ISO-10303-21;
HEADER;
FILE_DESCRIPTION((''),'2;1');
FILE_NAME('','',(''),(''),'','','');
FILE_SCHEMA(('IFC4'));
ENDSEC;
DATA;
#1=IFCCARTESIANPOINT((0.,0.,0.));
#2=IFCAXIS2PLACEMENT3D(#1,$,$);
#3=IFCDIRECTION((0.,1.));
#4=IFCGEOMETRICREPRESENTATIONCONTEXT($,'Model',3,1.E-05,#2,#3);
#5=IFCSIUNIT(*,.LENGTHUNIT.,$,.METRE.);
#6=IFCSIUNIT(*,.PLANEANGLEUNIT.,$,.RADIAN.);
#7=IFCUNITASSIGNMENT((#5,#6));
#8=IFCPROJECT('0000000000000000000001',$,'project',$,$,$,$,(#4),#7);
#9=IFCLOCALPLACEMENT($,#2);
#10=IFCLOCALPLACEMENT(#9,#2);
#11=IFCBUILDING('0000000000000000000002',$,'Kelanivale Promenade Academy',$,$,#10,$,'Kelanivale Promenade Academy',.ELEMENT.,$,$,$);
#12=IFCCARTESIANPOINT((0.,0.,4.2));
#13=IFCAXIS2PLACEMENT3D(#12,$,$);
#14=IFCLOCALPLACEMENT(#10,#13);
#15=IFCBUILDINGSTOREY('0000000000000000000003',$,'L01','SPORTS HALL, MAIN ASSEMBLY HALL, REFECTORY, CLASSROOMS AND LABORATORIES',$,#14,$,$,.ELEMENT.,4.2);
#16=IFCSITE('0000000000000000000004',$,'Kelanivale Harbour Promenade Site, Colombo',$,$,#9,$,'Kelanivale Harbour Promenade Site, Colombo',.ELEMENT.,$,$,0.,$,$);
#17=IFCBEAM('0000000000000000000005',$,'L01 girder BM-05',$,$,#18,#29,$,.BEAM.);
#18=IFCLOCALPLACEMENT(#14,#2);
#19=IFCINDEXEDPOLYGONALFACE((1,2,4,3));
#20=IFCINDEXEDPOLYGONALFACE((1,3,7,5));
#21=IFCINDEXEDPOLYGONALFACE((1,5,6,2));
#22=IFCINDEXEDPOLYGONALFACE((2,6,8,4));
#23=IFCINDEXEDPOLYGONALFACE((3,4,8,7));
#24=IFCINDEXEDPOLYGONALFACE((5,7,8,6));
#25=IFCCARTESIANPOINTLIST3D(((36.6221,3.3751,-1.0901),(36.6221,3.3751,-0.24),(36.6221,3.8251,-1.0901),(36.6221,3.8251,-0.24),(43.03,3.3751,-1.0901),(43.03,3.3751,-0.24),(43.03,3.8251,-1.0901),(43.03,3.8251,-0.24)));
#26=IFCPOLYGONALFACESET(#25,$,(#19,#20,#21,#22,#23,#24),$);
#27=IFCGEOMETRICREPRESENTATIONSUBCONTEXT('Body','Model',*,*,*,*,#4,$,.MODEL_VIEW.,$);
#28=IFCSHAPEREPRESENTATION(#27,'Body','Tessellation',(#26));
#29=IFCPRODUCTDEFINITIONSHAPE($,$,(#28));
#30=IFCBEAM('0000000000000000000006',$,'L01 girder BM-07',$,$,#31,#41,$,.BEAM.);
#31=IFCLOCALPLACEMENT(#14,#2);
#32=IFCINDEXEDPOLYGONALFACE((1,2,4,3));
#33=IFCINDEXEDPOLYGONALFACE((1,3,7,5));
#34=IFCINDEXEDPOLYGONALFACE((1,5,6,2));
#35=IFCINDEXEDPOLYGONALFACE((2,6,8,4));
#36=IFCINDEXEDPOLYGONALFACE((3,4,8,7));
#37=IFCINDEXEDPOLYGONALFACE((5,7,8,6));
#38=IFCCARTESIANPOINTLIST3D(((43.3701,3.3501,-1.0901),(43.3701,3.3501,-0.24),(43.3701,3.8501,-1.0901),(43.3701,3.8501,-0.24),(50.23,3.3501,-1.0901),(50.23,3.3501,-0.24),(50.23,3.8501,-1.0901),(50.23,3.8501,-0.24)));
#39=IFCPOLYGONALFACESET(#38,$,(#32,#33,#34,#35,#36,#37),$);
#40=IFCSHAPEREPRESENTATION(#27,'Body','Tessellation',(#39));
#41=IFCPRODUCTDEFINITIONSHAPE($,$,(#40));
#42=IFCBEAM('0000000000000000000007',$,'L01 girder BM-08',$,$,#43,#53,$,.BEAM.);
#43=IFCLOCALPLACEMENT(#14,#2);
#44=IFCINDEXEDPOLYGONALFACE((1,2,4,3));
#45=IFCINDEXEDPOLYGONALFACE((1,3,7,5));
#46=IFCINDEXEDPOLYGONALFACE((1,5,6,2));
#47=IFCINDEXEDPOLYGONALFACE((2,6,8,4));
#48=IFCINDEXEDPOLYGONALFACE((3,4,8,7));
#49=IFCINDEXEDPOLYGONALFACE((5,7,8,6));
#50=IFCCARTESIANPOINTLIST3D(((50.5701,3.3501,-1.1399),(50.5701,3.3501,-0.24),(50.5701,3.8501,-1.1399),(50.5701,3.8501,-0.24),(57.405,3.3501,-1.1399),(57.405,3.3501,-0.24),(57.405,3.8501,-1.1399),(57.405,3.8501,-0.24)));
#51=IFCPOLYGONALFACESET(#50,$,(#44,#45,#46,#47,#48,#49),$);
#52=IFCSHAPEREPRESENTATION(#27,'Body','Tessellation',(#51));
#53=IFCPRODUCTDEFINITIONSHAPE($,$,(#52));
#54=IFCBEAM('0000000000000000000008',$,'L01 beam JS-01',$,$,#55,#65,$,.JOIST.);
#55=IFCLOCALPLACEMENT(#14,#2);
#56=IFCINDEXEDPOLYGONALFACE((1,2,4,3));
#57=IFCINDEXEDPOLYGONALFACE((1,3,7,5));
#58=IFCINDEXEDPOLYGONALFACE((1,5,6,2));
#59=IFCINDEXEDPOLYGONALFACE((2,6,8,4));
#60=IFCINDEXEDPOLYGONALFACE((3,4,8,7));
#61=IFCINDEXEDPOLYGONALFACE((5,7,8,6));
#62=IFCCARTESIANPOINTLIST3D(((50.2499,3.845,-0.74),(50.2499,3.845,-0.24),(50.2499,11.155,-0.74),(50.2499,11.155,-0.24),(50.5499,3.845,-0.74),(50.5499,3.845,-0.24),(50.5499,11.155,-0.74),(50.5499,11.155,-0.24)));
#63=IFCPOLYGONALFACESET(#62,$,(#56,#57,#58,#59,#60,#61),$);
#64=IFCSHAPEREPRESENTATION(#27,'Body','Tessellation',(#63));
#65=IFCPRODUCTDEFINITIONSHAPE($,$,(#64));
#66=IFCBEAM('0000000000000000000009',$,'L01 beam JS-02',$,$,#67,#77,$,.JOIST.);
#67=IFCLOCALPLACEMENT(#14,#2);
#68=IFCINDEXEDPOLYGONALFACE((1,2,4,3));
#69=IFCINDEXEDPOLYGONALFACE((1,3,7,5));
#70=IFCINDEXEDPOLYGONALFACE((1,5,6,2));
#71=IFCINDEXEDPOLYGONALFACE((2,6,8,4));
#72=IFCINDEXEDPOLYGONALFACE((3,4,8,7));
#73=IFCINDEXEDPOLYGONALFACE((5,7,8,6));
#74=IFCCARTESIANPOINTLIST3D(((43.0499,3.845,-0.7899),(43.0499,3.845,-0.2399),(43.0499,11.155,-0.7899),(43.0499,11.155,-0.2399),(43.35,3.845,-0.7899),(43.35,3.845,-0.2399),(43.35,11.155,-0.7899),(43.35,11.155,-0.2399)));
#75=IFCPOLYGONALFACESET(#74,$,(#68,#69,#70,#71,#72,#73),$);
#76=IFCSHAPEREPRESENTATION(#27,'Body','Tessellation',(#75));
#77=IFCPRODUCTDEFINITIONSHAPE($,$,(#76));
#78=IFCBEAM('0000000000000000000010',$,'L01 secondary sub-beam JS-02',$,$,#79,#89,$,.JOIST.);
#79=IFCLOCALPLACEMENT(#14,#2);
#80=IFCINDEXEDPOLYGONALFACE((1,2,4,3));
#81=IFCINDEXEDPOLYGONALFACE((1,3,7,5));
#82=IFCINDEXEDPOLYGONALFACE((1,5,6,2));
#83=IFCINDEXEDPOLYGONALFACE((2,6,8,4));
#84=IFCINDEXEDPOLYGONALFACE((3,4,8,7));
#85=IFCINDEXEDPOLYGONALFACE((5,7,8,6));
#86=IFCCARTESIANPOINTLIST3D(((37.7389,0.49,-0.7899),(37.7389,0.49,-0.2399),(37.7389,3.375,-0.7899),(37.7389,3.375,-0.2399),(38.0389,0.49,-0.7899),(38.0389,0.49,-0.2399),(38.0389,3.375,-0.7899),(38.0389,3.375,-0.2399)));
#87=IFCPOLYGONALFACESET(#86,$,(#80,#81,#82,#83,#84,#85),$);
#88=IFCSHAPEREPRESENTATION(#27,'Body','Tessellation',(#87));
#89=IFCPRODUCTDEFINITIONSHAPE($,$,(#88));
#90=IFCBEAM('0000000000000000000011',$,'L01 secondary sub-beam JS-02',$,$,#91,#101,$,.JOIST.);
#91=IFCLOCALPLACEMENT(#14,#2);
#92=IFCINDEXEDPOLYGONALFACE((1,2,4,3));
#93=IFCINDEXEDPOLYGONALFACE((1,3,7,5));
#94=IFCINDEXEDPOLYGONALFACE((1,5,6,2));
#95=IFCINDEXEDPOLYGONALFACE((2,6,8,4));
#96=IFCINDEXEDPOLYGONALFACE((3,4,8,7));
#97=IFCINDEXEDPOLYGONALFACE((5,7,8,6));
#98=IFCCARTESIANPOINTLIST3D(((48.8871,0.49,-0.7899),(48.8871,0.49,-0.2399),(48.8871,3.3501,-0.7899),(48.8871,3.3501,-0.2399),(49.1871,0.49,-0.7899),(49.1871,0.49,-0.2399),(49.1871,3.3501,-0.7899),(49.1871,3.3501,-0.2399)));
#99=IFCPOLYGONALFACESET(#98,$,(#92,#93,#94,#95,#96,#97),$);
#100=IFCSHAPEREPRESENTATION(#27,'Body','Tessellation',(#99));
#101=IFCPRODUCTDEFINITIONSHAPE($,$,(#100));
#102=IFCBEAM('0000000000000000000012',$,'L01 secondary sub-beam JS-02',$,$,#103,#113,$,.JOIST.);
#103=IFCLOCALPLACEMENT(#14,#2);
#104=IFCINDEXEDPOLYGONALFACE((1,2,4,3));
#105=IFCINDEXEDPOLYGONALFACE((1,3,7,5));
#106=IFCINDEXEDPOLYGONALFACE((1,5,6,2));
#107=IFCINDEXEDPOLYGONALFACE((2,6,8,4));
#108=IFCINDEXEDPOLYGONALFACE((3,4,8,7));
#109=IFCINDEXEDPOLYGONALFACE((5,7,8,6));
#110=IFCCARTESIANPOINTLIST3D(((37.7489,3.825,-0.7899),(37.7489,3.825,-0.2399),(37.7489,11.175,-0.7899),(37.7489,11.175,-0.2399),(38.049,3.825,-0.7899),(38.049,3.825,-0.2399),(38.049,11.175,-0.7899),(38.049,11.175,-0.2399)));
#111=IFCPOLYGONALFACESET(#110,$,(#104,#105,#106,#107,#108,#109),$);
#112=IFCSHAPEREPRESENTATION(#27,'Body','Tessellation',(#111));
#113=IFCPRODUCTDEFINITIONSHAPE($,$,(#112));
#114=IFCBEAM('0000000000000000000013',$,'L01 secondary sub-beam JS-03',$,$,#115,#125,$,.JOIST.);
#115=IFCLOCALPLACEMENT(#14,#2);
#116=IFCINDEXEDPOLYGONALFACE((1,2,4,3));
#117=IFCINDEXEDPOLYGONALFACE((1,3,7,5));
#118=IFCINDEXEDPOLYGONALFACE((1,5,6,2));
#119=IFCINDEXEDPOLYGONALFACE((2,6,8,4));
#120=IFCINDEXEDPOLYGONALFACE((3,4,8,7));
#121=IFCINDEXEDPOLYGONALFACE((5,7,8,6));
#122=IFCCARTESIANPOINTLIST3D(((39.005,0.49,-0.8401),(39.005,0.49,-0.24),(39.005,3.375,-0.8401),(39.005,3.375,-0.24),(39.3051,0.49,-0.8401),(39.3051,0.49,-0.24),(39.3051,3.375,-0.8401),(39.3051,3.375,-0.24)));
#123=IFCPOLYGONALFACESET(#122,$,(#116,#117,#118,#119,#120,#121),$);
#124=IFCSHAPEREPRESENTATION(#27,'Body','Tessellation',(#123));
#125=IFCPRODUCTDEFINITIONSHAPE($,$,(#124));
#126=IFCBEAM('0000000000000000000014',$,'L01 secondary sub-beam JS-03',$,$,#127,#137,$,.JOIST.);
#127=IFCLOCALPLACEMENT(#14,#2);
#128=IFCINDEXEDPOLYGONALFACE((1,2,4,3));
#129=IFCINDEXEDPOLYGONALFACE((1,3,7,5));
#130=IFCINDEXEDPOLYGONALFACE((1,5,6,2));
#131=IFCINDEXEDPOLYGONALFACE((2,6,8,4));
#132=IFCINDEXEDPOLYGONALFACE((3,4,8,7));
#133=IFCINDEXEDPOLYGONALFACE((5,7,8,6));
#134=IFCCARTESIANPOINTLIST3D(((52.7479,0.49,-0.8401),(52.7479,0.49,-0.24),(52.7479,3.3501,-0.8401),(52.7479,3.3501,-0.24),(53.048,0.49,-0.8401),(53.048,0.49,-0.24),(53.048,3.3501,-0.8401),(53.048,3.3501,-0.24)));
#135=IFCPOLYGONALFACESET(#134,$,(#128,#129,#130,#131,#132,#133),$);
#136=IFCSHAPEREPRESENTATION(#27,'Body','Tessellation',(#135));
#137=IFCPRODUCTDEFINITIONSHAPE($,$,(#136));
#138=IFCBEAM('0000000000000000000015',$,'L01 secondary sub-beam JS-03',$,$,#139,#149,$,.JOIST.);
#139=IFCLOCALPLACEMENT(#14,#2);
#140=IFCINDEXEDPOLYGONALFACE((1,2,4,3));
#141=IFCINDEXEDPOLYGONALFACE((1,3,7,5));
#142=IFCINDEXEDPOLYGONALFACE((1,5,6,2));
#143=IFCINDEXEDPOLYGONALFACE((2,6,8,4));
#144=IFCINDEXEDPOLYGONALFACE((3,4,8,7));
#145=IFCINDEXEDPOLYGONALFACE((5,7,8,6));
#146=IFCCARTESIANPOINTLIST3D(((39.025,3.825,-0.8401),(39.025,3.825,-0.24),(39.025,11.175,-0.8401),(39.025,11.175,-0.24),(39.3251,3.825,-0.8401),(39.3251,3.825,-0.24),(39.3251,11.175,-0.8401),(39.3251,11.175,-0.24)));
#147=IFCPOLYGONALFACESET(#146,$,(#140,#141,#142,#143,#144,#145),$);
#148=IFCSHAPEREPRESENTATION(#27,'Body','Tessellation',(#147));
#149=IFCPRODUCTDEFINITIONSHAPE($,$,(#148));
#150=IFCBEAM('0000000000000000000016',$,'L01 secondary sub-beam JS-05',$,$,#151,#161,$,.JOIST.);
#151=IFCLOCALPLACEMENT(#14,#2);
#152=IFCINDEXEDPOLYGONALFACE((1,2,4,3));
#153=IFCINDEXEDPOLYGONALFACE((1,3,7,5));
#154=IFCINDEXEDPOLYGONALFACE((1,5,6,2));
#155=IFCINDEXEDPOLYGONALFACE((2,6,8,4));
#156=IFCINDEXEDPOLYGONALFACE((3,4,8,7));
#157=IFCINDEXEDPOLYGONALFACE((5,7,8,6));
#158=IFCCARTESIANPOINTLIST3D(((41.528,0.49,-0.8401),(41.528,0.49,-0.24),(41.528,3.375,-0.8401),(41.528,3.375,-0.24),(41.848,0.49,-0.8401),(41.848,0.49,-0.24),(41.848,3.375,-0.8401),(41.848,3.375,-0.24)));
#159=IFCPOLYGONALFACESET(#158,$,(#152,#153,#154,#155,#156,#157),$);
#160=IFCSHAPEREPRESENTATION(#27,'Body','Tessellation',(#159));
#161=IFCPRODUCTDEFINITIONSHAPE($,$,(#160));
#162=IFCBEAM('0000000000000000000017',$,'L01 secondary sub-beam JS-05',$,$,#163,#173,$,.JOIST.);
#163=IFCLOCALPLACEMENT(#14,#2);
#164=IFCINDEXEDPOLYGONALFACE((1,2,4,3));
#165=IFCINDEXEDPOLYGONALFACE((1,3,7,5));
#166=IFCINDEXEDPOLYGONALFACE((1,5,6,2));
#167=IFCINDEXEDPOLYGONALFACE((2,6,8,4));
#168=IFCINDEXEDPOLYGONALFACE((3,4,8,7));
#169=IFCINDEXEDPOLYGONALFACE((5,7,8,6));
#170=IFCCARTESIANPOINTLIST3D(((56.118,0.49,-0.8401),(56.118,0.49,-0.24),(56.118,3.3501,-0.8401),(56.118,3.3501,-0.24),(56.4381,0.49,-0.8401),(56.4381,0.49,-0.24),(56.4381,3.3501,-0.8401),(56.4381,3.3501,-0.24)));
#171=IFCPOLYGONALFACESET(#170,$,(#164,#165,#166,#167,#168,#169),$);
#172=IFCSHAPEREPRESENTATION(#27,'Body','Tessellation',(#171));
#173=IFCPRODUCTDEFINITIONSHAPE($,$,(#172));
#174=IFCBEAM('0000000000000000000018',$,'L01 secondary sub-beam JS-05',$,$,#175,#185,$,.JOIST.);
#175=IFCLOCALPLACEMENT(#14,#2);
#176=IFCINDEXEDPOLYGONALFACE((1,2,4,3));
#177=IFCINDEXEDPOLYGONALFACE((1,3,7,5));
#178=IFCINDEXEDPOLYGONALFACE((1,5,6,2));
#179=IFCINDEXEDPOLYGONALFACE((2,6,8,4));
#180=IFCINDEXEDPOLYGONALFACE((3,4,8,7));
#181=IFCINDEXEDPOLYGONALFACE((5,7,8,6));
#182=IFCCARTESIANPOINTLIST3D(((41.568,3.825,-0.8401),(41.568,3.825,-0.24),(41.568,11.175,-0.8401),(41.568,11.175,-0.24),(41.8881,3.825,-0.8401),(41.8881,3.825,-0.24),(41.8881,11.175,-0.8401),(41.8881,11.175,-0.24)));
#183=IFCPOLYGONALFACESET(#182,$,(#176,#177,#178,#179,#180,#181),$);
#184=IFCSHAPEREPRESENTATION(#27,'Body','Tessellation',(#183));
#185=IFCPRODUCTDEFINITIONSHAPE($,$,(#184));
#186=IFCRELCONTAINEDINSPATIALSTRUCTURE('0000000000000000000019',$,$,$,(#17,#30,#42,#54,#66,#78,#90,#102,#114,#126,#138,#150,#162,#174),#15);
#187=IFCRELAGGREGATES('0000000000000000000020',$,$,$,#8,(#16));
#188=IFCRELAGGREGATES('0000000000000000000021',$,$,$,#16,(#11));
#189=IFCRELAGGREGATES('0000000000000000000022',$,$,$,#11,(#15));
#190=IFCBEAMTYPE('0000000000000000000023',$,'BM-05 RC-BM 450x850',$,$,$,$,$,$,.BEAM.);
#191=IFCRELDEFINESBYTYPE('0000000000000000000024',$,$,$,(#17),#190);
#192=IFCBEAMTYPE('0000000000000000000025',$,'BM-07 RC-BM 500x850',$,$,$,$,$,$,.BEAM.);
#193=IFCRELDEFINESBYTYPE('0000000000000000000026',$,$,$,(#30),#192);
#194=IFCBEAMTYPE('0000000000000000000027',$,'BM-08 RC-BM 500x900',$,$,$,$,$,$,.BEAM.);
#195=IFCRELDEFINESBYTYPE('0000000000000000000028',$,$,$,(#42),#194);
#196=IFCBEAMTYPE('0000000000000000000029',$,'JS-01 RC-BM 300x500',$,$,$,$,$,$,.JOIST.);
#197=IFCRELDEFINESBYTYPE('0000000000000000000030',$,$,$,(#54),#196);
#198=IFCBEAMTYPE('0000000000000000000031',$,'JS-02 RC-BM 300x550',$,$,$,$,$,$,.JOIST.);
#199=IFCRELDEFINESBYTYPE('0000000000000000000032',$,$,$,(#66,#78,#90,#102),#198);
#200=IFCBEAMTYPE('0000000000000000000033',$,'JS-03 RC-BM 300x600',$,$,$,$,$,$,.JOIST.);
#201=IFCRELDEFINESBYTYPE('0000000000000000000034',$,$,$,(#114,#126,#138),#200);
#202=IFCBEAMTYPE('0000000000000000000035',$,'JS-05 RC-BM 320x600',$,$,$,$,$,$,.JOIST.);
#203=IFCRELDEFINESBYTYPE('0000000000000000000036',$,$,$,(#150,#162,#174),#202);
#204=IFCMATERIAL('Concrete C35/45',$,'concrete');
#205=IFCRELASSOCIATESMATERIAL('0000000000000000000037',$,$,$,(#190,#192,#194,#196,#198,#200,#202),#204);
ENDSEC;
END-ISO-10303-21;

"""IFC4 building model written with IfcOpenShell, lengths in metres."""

from ifc_helpers import new_model, si_unit, direction, frame, origin, origin_2d, place, context, subcontext, project, spatial, rectangle, extrude, material, material_profile, profile_set, type_object, element, save


model = new_model("IFC4")

# Units and contexts
model_context = context("Model", 3, precision=1e-05, world=origin(), true_north=direction((0.0, 1.0)))
body_context = subcontext(model_context, "Body", "Model", "MODEL_VIEW")
ifc_project = project(units=[si_unit("LENGTHUNIT", "METRE"), si_unit("PLANEANGLEUNIT", "RADIAN")], contexts=[model_context])

# Site, building, storey
site_placement = place(None, origin())
site = spatial("IfcSite", under=ifc_project, at=site_placement, Name="Kelanivale Harbour Promenade Site, Colombo", LongName="Kelanivale Harbour Promenade Site, Colombo", CompositionType="ELEMENT", RefElevation=0.0)
building_placement = place(site_placement, origin())
building = spatial("IfcBuilding", under=site, at=building_placement, Name="Kelanivale Promenade Academy", LongName="Kelanivale Promenade Academy", CompositionType="ELEMENT")
storey_placement = place(building_placement, frame((0.0, 0.0, 4.2)))
storey = spatial("IfcBuildingStorey", under=building, at=storey_placement, Name="L01", Description="SPORTS HALL, MAIN ASSEMBLY HALL, REFECTORY, CLASSROOMS AND LABORATORIES", CompositionType="ELEMENT", Elevation=4.2)

# Beams
ifc_material_1 = material(Name="Concrete C35/45", Category="concrete")
ifc_material_profile_1 = material_profile(ifc_material_1, rectangle(XDim=0.45, YDim=0.8501, at=origin_2d()), Name="RC-BM 450x850")
ifc_profile_set_1 = profile_set([ifc_material_profile_1], Name="Concrete C35/45")
beam_type_1 = type_object("IfcBeamType", Name="BM-05 RC-BM 450x850", PredefinedType="BEAM", material=ifc_profile_set_1)
beam_1_placement = place(storey_placement, frame((36.6221, 3.6001, -0.665), z_axis=(1.0, 0.0, 0.0), x_axis=(0.0, 1.0, 0.0)))
element("IfcBeam", 1, at=beam_1_placement, inside=storey, type_object=beam_type_1, Name="L01 girder BM-05", PredefinedType="BEAM", context=body_context, shape_type="SweptSolid", body=[
    extrude(rectangle(XDim=0.45, YDim=0.8501, at=origin_2d()), origin(), (0.0, 0.0, 1.0), 6.408),
])
ifc_material_profile_2 = material_profile(ifc_material_1, rectangle(XDim=0.5, YDim=0.8501, at=origin_2d()), Name="RC-BM 500x850")
ifc_profile_set_2 = profile_set([ifc_material_profile_2], Name="Concrete C35/45")
beam_type_2 = type_object("IfcBeamType", Name="BM-07 RC-BM 500x850", PredefinedType="BEAM", material=ifc_profile_set_2)
beam_2_placement = place(storey_placement, frame((43.3701, 3.6001, -0.665), z_axis=(1.0, 0.0, 0.0), x_axis=(0.0, 1.0, 0.0)))
element("IfcBeam", 2, at=beam_2_placement, inside=storey, type_object=beam_type_2, Name="L01 girder BM-07", PredefinedType="BEAM", context=body_context, shape_type="SweptSolid", body=[
    extrude(rectangle(XDim=0.5, YDim=0.8501, at=origin_2d()), origin(), (0.0, 0.0, 1.0), 6.8599),
])
ifc_material_profile_3 = material_profile(ifc_material_1, rectangle(XDim=0.5, YDim=0.8999, at=origin_2d()), Name="RC-BM 500x900")
ifc_profile_set_3 = profile_set([ifc_material_profile_3], Name="Concrete C35/45")
beam_type_3 = type_object("IfcBeamType", Name="BM-08 RC-BM 500x900", PredefinedType="BEAM", material=ifc_profile_set_3)
beam_3_placement = place(storey_placement, frame((50.5701, 3.6001, -0.6899), z_axis=(1.0, 0.0, 0.0), x_axis=(0.0, 1.0, 0.0)))
element("IfcBeam", 3, at=beam_3_placement, inside=storey, type_object=beam_type_3, Name="L01 girder BM-08", PredefinedType="BEAM", context=body_context, shape_type="SweptSolid", body=[
    extrude(rectangle(XDim=0.5, YDim=0.8999, at=origin_2d()), origin(), (0.0, 0.0, 1.0), 6.835),
])
ifc_material_profile_4 = material_profile(ifc_material_1, rectangle(XDim=0.3, YDim=0.5, at=origin_2d()), Name="RC-BM 300x500")
ifc_profile_set_4 = profile_set([ifc_material_profile_4], Name="Concrete C35/45")
beam_type_4 = type_object("IfcBeamType", Name="JS-01 RC-BM 300x500", PredefinedType="JOIST", material=ifc_profile_set_4)
beam_4_placement = place(storey_placement, frame((50.3999, 3.845, -0.49), z_axis=(0.0, 1.0, 0.0), x_axis=(-1.0, 0.0, 0.0)))
element("IfcBeam", 4, at=beam_4_placement, inside=storey, type_object=beam_type_4, Name="L01 beam JS-01", PredefinedType="JOIST", context=body_context, shape_type="SweptSolid", body=[
    extrude(rectangle(XDim=0.3, YDim=0.5, at=origin_2d()), origin(), (0.0, 0.0, 1.0), 7.3101),
])
ifc_material_profile_5 = material_profile(ifc_material_1, rectangle(XDim=0.3, YDim=0.55, at=origin_2d()), Name="RC-BM 300x550")
ifc_profile_set_5 = profile_set([ifc_material_profile_5], Name="Concrete C35/45")
beam_type_5 = type_object("IfcBeamType", Name="JS-02 RC-BM 300x550", PredefinedType="JOIST", material=ifc_profile_set_5)
beam_5_placement = place(storey_placement, frame((43.2, 3.845, -0.5149), z_axis=(0.0, 1.0, 0.0), x_axis=(-1.0, 0.0, 0.0)))
element("IfcBeam", 5, at=beam_5_placement, inside=storey, type_object=beam_type_5, Name="L01 beam JS-02", PredefinedType="JOIST", context=body_context, shape_type="SweptSolid", body=[
    extrude(rectangle(XDim=0.3, YDim=0.55, at=origin_2d()), origin(), (0.0, 0.0, 1.0), 7.3101),
])
beam_6_placement = place(storey_placement, frame((37.8889, 0.49, -0.5149), z_axis=(0.0, 1.0, 0.0), x_axis=(-1.0, 0.0, 0.0)))
element("IfcBeam", 6, at=beam_6_placement, inside=storey, type_object=beam_type_5, Name="L01 secondary sub-beam JS-02", PredefinedType="JOIST", context=body_context, shape_type="SweptSolid", body=[
    extrude(rectangle(XDim=0.3, YDim=0.55, at=origin_2d()), origin(), (0.0, 0.0, 1.0), 2.885),
])
beam_7_placement = place(storey_placement, frame((49.0371, 0.49, -0.5149), z_axis=(0.0, 1.0, 0.0), x_axis=(-1.0, 0.0, 0.0)))
element("IfcBeam", 7, at=beam_7_placement, inside=storey, type_object=beam_type_5, Name="L01 secondary sub-beam JS-02", PredefinedType="JOIST", context=body_context, shape_type="SweptSolid", body=[
    extrude(rectangle(XDim=0.3, YDim=0.55, at=origin_2d()), origin(), (0.0, 0.0, 1.0), 2.8601),
])
beam_8_placement = place(storey_placement, frame((37.8989, 3.825, -0.5149), z_axis=(0.0, 1.0, 0.0), x_axis=(-1.0, 0.0, 0.0)))
element("IfcBeam", 8, at=beam_8_placement, inside=storey, type_object=beam_type_5, Name="L01 secondary sub-beam JS-02", PredefinedType="JOIST", context=body_context, shape_type="SweptSolid", body=[
    extrude(rectangle(XDim=0.3, YDim=0.55, at=origin_2d()), origin(), (0.0, 0.0, 1.0), 7.3501),
])
ifc_material_profile_6 = material_profile(ifc_material_1, rectangle(XDim=0.3, YDim=0.6001, at=origin_2d()), Name="RC-BM 300x600")
ifc_profile_set_6 = profile_set([ifc_material_profile_6], Name="Concrete C35/45")
beam_type_6 = type_object("IfcBeamType", Name="JS-03 RC-BM 300x600", PredefinedType="JOIST", material=ifc_profile_set_6)
beam_9_placement = place(storey_placement, frame((39.155, 0.49, -0.54), z_axis=(0.0, 1.0, 0.0), x_axis=(-1.0, 0.0, 0.0)))
element("IfcBeam", 9, at=beam_9_placement, inside=storey, type_object=beam_type_6, Name="L01 secondary sub-beam JS-03", PredefinedType="JOIST", context=body_context, shape_type="SweptSolid", body=[
    extrude(rectangle(XDim=0.3, YDim=0.6001, at=origin_2d()), origin(), (0.0, 0.0, 1.0), 2.885),
])
beam_10_placement = place(storey_placement, frame((52.8979, 0.49, -0.54), z_axis=(0.0, 1.0, 0.0), x_axis=(-1.0, 0.0, 0.0)))
element("IfcBeam", 10, at=beam_10_placement, inside=storey, type_object=beam_type_6, Name="L01 secondary sub-beam JS-03", PredefinedType="JOIST", context=body_context, shape_type="SweptSolid", body=[
    extrude(rectangle(XDim=0.3, YDim=0.6001, at=origin_2d()), origin(), (0.0, 0.0, 1.0), 2.8601),
])
beam_11_placement = place(storey_placement, frame((39.175, 3.825, -0.54), z_axis=(0.0, 1.0, 0.0), x_axis=(-1.0, 0.0, 0.0)))
element("IfcBeam", 11, at=beam_11_placement, inside=storey, type_object=beam_type_6, Name="L01 secondary sub-beam JS-03", PredefinedType="JOIST", context=body_context, shape_type="SweptSolid", body=[
    extrude(rectangle(XDim=0.3, YDim=0.6001, at=origin_2d()), origin(), (0.0, 0.0, 1.0), 7.3501),
])
ifc_material_profile_7 = material_profile(ifc_material_1, rectangle(XDim=0.3201, YDim=0.6001, at=origin_2d()), Name="RC-BM 320x600")
ifc_profile_set_7 = profile_set([ifc_material_profile_7], Name="Concrete C35/45")
beam_type_7 = type_object("IfcBeamType", Name="JS-05 RC-BM 320x600", PredefinedType="JOIST", material=ifc_profile_set_7)
beam_12_placement = place(storey_placement, frame((41.688, 0.49, -0.54), z_axis=(0.0, 1.0, 0.0), x_axis=(-1.0, 0.0, 0.0)))
element("IfcBeam", 12, at=beam_12_placement, inside=storey, type_object=beam_type_7, Name="L01 secondary sub-beam JS-05", PredefinedType="JOIST", context=body_context, shape_type="SweptSolid", body=[
    extrude(rectangle(XDim=0.3201, YDim=0.6001, at=origin_2d()), origin(), (0.0, 0.0, 1.0), 2.885),
])
beam_13_placement = place(storey_placement, frame((56.2781, 0.49, -0.54), z_axis=(0.0, 1.0, 0.0), x_axis=(-1.0, 0.0, 0.0)))
element("IfcBeam", 13, at=beam_13_placement, inside=storey, type_object=beam_type_7, Name="L01 secondary sub-beam JS-05", PredefinedType="JOIST", context=body_context, shape_type="SweptSolid", body=[
    extrude(rectangle(XDim=0.3201, YDim=0.6001, at=origin_2d()), origin(), (0.0, 0.0, 1.0), 2.8601),
])
beam_14_placement = place(storey_placement, frame((41.728, 3.825, -0.54), z_axis=(0.0, 1.0, 0.0), x_axis=(-1.0, 0.0, 0.0)))
element("IfcBeam", 14, at=beam_14_placement, inside=storey, type_object=beam_type_7, Name="L01 secondary sub-beam JS-05", PredefinedType="JOIST", context=body_context, shape_type="SweptSolid", body=[
    extrude(rectangle(XDim=0.3201, YDim=0.6001, at=origin_2d()), origin(), (0.0, 0.0, 1.0), 7.3501),
])

save(model, "model.ifc")
